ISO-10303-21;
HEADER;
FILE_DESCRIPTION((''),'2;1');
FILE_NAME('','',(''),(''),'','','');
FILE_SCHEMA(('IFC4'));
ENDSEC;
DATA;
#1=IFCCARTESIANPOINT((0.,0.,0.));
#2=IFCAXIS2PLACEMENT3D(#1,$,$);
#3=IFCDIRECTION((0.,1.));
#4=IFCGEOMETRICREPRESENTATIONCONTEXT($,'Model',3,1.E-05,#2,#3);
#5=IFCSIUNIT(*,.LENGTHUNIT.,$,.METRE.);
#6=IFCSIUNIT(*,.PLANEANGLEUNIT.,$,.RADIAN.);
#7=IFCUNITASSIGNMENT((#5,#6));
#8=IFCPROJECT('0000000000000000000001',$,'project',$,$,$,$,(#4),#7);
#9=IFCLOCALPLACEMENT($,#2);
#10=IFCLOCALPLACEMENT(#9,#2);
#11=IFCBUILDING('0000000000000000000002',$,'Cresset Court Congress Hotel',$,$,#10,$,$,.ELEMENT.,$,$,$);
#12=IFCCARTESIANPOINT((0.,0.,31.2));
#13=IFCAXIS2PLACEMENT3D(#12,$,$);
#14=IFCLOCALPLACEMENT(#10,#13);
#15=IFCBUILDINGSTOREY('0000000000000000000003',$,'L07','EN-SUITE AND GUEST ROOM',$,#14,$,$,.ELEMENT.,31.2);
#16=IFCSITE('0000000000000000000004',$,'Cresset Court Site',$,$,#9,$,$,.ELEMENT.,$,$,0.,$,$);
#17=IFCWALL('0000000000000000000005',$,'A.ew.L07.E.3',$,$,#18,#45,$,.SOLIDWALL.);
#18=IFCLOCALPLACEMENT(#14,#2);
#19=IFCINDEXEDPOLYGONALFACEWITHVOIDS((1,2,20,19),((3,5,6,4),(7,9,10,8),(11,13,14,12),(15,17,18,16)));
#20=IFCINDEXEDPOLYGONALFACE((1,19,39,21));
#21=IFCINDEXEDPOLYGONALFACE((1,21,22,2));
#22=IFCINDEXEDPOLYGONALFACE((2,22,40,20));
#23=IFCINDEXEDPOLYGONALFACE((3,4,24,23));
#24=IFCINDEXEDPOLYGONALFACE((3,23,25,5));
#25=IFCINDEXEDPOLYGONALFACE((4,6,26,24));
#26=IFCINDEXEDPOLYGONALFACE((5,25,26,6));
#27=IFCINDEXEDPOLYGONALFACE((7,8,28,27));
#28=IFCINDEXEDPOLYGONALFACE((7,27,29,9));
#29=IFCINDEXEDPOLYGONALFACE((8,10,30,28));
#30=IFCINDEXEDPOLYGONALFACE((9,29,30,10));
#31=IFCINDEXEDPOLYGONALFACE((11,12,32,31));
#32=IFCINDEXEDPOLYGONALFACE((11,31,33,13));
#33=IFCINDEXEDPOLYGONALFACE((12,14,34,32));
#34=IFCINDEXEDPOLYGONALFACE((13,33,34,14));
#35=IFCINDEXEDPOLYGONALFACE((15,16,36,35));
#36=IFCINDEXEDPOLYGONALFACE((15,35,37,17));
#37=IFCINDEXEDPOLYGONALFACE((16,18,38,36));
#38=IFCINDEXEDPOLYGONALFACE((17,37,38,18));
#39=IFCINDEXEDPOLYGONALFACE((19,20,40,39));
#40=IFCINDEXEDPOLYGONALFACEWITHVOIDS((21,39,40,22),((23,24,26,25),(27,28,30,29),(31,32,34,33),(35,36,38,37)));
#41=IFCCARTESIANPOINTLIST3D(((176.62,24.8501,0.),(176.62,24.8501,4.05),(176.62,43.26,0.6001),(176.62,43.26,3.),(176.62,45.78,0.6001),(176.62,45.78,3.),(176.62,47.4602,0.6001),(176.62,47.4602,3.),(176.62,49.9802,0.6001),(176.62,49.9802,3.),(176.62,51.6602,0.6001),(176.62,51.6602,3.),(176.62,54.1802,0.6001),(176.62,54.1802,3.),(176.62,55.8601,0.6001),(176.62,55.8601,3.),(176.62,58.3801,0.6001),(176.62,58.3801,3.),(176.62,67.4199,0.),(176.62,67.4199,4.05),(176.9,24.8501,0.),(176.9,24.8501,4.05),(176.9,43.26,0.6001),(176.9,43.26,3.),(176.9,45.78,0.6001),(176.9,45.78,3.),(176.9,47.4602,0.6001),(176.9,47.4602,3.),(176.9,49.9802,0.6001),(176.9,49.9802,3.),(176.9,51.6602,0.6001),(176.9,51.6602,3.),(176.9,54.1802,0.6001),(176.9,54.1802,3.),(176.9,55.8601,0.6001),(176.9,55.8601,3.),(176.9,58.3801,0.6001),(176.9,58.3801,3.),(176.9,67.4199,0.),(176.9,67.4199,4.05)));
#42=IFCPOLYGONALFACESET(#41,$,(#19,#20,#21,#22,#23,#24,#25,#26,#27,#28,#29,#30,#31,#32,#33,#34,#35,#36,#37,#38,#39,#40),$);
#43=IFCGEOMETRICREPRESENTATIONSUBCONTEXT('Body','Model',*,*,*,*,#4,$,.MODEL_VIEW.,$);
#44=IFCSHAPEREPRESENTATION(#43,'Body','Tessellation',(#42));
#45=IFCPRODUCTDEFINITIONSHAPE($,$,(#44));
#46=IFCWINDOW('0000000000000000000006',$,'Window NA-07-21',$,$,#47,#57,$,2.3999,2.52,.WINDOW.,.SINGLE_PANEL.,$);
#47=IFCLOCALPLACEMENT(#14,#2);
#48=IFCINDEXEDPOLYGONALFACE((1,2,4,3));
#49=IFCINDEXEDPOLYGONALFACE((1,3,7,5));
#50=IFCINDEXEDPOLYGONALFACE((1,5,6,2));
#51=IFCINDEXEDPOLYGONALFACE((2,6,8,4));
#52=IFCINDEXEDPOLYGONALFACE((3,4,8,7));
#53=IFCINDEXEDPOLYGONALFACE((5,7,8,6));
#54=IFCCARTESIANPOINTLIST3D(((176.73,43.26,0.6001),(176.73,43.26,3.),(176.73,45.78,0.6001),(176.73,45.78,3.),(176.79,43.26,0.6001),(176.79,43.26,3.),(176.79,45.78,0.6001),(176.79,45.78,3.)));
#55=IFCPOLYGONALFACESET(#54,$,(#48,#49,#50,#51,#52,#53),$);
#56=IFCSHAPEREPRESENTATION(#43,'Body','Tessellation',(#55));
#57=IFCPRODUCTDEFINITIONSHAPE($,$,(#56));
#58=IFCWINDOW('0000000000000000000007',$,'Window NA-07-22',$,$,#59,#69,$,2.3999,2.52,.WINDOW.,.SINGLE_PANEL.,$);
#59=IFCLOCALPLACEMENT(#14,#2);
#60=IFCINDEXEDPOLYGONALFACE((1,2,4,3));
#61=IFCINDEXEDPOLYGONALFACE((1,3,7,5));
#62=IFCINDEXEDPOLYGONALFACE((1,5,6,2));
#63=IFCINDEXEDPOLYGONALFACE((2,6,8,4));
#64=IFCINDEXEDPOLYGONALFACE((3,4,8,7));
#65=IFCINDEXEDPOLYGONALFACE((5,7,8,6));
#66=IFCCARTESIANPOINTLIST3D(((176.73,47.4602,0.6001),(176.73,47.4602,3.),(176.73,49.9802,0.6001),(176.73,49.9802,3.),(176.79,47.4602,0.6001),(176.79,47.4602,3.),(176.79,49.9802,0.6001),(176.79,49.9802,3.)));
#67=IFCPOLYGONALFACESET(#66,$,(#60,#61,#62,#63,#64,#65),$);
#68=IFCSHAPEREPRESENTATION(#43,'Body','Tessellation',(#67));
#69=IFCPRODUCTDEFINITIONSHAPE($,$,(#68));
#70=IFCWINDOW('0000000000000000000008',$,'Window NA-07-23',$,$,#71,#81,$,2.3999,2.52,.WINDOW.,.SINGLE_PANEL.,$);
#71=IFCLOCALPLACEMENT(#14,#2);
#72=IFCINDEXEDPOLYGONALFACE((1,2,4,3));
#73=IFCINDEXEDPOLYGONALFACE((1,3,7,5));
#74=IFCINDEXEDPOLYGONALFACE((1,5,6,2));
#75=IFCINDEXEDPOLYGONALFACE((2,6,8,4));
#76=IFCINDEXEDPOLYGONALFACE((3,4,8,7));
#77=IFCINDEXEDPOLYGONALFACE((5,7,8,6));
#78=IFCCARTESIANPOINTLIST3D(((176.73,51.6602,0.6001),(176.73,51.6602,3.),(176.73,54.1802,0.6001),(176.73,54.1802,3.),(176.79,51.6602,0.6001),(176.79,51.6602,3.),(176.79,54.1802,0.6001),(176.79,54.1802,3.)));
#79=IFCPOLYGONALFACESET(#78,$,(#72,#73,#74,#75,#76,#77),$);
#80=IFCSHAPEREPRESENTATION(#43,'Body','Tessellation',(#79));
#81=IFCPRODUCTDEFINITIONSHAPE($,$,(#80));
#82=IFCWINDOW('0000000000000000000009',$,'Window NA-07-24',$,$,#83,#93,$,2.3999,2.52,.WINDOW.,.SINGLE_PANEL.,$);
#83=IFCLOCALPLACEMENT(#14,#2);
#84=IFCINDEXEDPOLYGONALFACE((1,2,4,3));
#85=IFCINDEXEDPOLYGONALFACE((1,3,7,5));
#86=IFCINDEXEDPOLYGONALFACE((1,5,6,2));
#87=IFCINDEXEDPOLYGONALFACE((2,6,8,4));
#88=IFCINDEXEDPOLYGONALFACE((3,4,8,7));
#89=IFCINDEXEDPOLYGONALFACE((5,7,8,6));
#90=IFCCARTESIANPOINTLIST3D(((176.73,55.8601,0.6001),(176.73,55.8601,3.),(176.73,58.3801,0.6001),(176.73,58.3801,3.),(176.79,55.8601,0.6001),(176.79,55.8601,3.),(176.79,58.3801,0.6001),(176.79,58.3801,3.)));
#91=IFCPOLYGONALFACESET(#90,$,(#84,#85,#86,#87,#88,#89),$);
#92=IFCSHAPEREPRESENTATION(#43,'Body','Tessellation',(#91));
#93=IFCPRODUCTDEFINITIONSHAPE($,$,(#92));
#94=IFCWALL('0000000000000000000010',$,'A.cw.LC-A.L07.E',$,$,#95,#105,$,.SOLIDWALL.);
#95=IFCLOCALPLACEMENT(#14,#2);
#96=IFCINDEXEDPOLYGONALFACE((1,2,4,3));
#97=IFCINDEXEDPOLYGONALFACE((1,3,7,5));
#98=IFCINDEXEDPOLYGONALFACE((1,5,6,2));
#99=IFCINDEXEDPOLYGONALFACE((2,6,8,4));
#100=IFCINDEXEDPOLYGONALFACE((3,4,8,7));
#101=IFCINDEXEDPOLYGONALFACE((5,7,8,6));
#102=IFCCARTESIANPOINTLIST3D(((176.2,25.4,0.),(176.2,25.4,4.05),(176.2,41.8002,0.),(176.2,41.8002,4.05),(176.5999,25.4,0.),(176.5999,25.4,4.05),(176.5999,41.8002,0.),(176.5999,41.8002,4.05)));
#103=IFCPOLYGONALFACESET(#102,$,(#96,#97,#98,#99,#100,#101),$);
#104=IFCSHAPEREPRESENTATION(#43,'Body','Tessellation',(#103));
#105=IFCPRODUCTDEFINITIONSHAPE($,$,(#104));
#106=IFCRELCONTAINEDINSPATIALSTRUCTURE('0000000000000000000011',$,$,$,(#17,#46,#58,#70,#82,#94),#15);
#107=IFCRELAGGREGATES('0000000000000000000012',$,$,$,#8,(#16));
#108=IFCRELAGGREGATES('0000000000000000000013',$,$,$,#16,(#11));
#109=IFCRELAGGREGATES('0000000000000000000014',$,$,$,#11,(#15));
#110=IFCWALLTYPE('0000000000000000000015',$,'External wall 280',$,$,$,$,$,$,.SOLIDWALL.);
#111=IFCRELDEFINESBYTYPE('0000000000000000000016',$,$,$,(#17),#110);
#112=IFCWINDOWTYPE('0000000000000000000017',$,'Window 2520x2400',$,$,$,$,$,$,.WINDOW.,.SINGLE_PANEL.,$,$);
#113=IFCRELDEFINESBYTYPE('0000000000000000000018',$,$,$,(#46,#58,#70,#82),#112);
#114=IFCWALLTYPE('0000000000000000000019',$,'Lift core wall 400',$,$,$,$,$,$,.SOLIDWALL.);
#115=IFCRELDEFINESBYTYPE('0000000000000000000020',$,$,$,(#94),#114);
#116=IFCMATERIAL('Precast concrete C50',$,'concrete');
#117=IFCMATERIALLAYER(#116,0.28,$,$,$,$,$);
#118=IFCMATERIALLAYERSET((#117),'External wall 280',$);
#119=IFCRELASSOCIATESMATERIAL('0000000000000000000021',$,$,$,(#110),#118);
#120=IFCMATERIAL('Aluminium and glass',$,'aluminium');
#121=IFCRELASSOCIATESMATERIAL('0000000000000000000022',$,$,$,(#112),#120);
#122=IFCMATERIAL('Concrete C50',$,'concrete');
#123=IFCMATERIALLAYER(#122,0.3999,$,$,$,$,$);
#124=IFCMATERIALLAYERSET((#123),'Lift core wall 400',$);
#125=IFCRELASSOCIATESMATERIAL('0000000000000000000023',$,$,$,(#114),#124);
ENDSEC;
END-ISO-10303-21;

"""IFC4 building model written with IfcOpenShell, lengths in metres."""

from ifc_helpers import new_model, si_unit, direction, frame, frame_2d, origin, place, context, subcontext, project, spatial, rectangle, extrude, material, layer, layer_set, type_object, element, fill, save


model = new_model("IFC4")

# Units and contexts
model_context = context("Model", 3, precision=1e-05, world=origin(), true_north=direction((0.0, 1.0)))
body_context = subcontext(model_context, "Body", "Model", "MODEL_VIEW")
ifc_project = project(units=[si_unit("LENGTHUNIT", "METRE"), si_unit("PLANEANGLEUNIT", "RADIAN")], contexts=[model_context])

# Site, building, storey
site_placement = place(None, origin())
site = spatial("IfcSite", under=ifc_project, at=site_placement, Name="Cresset Court Site", CompositionType="ELEMENT", RefElevation=0.0)
building_placement = place(site_placement, origin())
building = spatial("IfcBuilding", under=site, at=building_placement, Name="Cresset Court Congress Hotel", CompositionType="ELEMENT")
storey_placement = place(building_placement, frame((0.0, 0.0, 31.2)))
storey = spatial("IfcBuildingStorey", under=building, at=storey_placement, Name="L07", Description="EN-SUITE AND GUEST ROOM", CompositionType="ELEMENT", Elevation=31.2)

# Wall, openings, windows
ifc_material_1 = material(Name="Precast concrete C50", Category="concrete")
ifc_layer_1 = layer(ifc_material_1, 0.28)
ifc_layer_set_1 = layer_set([ifc_layer_1], Name="External wall 280")
wall_type_1 = type_object("IfcWallType", Name="External wall 280", PredefinedType="SOLIDWALL", material=ifc_layer_set_1)
wall_1_placement = place(storey_placement, frame((176.76, 24.8501, 0.0), z_axis=(0.0, 0.0, 1.0), x_axis=(0.0, 1.0, 0.0)))
wall_1 = element("IfcWall", 1, at=wall_1_placement, inside=storey, type_object=wall_type_1, Name="A.ew.L07.E.3", PredefinedType="SOLIDWALL", context=body_context, shape_type="SweptSolid", body=[
    extrude(rectangle(XDim=42.5698, YDim=0.28, at=frame_2d((21.2849, 0.0))), origin(), (0.0, 0.0, 1.0), 4.05),
])
opening_1_placement = place(wall_1_placement, frame((18.4099, 0.0, 0.6001)))
opening_1 = element("IfcOpeningElement", 2, at=opening_1_placement, cuts=wall_1, PredefinedType="OPENING", context=body_context, shape_type="SweptSolid", body=[
    extrude(rectangle(XDim=2.52, YDim=2.3999, at=frame_2d((1.26, 1.2))), frame((0.0, 0.1499, 0.0), z_axis=(0.0, -1.0, 0.0), x_axis=(1.0, 0.0, 0.0)), (0.0, 0.0, 1.0), 0.3),
])
opening_2_placement = place(wall_1_placement, frame((22.6101, 0.0, 0.6001)))
opening_2 = element("IfcOpeningElement", 3, at=opening_2_placement, cuts=wall_1, PredefinedType="OPENING", context=body_context, shape_type="SweptSolid", body=[
    extrude(rectangle(XDim=2.52, YDim=2.3999, at=frame_2d((1.26, 1.2))), frame((0.0, 0.1499, 0.0), z_axis=(0.0, -1.0, 0.0), x_axis=(1.0, 0.0, 0.0)), (0.0, 0.0, 1.0), 0.3),
])
opening_3_placement = place(wall_1_placement, frame((26.8101, 0.0, 0.6001)))
opening_3 = element("IfcOpeningElement", 4, at=opening_3_placement, cuts=wall_1, PredefinedType="OPENING", context=body_context, shape_type="SweptSolid", body=[
    extrude(rectangle(XDim=2.52, YDim=2.3999, at=frame_2d((1.26, 1.2))), frame((0.0, 0.1499, 0.0), z_axis=(0.0, -1.0, 0.0), x_axis=(1.0, 0.0, 0.0)), (0.0, 0.0, 1.0), 0.3),
])
opening_4_placement = place(wall_1_placement, frame((31.01, 0.0, 0.6001)))
opening_4 = element("IfcOpeningElement", 5, at=opening_4_placement, cuts=wall_1, PredefinedType="OPENING", context=body_context, shape_type="SweptSolid", body=[
    extrude(rectangle(XDim=2.52, YDim=2.3999, at=frame_2d((1.26, 1.2))), frame((0.0, 0.1499, 0.0), z_axis=(0.0, -1.0, 0.0), x_axis=(1.0, 0.0, 0.0)), (0.0, 0.0, 1.0), 0.3),
])
ifc_material_2 = material(Name="Aluminium and glass", Category="aluminium")
window_type = type_object("IfcWindowType", Name="Window 2520x2400", PartitioningType="SINGLE_PANEL", PredefinedType="WINDOW", material=ifc_material_2)
window_1_placement = place(opening_1_placement, origin())
window_1 = element("IfcWindow", 6, at=window_1_placement, inside=storey, type_object=window_type, Name="Window NA-07-21", OverallHeight=2.3999, OverallWidth=2.52, PartitioningType="SINGLE_PANEL", PredefinedType="WINDOW", context=body_context, shape_type="SweptSolid", body=[
    extrude(rectangle(XDim=2.52, YDim=2.3999, at=frame_2d((1.26, 1.2))), frame((0.0, 0.03, 0.0), z_axis=(0.0, -1.0, 0.0), x_axis=(1.0, 0.0, 0.0)), (0.0, 0.0, 1.0), 0.0601),
])
fill(opening_1, window_1)
window_2_placement = place(opening_2_placement, origin())
window_2 = element("IfcWindow", 7, at=window_2_placement, inside=storey, type_object=window_type, Name="Window NA-07-22", OverallHeight=2.3999, OverallWidth=2.52, PartitioningType="SINGLE_PANEL", PredefinedType="WINDOW", context=body_context, shape_type="SweptSolid", body=[
    extrude(rectangle(XDim=2.52, YDim=2.3999, at=frame_2d((1.26, 1.2))), frame((0.0, 0.03, 0.0), z_axis=(0.0, -1.0, 0.0), x_axis=(1.0, 0.0, 0.0)), (0.0, 0.0, 1.0), 0.0601),
])
fill(opening_2, window_2)
window_3_placement = place(opening_3_placement, origin())
window_3 = element("IfcWindow", 8, at=window_3_placement, inside=storey, type_object=window_type, Name="Window NA-07-23", OverallHeight=2.3999, OverallWidth=2.52, PartitioningType="SINGLE_PANEL", PredefinedType="WINDOW", context=body_context, shape_type="SweptSolid", body=[
    extrude(rectangle(XDim=2.52, YDim=2.3999, at=frame_2d((1.26, 1.2))), frame((0.0, 0.03, 0.0), z_axis=(0.0, -1.0, 0.0), x_axis=(1.0, 0.0, 0.0)), (0.0, 0.0, 1.0), 0.0601),
])
fill(opening_3, window_3)
window_4_placement = place(opening_4_placement, origin())
window_4 = element("IfcWindow", 9, at=window_4_placement, inside=storey, type_object=window_type, Name="Window NA-07-24", OverallHeight=2.3999, OverallWidth=2.52, PartitioningType="SINGLE_PANEL", PredefinedType="WINDOW", context=body_context, shape_type="SweptSolid", body=[
    extrude(rectangle(XDim=2.52, YDim=2.3999, at=frame_2d((1.26, 1.2))), frame((0.0, 0.03, 0.0), z_axis=(0.0, -1.0, 0.0), x_axis=(1.0, 0.0, 0.0)), (0.0, 0.0, 1.0), 0.0601),
])
fill(opening_4, window_4)

# Wall
ifc_material_3 = material(Name="Concrete C50", Category="concrete")
ifc_layer_2 = layer(ifc_material_3, 0.3999)
ifc_layer_set_2 = layer_set([ifc_layer_2], Name="Lift core wall 400")
wall_type_2 = type_object("IfcWallType", Name="Lift core wall 400", PredefinedType="SOLIDWALL", material=ifc_layer_set_2)
wall_2_placement = place(storey_placement, frame((176.3999, 25.3999, 0.0), z_axis=(0.0, 0.0, 1.0), x_axis=(0.0, 1.0, 0.0)))
element("IfcWall", 10, at=wall_2_placement, inside=storey, type_object=wall_type_2, Name="A.cw.LC-A.L07.E", PredefinedType="SOLIDWALL", context=body_context, shape_type="SweptSolid", body=[
    extrude(rectangle(XDim=16.4001, YDim=0.3999, at=frame_2d((8.2002, 0.0))), origin(), (0.0, 0.0, 1.0), 4.05),
])

save(model, "model.ifc")
